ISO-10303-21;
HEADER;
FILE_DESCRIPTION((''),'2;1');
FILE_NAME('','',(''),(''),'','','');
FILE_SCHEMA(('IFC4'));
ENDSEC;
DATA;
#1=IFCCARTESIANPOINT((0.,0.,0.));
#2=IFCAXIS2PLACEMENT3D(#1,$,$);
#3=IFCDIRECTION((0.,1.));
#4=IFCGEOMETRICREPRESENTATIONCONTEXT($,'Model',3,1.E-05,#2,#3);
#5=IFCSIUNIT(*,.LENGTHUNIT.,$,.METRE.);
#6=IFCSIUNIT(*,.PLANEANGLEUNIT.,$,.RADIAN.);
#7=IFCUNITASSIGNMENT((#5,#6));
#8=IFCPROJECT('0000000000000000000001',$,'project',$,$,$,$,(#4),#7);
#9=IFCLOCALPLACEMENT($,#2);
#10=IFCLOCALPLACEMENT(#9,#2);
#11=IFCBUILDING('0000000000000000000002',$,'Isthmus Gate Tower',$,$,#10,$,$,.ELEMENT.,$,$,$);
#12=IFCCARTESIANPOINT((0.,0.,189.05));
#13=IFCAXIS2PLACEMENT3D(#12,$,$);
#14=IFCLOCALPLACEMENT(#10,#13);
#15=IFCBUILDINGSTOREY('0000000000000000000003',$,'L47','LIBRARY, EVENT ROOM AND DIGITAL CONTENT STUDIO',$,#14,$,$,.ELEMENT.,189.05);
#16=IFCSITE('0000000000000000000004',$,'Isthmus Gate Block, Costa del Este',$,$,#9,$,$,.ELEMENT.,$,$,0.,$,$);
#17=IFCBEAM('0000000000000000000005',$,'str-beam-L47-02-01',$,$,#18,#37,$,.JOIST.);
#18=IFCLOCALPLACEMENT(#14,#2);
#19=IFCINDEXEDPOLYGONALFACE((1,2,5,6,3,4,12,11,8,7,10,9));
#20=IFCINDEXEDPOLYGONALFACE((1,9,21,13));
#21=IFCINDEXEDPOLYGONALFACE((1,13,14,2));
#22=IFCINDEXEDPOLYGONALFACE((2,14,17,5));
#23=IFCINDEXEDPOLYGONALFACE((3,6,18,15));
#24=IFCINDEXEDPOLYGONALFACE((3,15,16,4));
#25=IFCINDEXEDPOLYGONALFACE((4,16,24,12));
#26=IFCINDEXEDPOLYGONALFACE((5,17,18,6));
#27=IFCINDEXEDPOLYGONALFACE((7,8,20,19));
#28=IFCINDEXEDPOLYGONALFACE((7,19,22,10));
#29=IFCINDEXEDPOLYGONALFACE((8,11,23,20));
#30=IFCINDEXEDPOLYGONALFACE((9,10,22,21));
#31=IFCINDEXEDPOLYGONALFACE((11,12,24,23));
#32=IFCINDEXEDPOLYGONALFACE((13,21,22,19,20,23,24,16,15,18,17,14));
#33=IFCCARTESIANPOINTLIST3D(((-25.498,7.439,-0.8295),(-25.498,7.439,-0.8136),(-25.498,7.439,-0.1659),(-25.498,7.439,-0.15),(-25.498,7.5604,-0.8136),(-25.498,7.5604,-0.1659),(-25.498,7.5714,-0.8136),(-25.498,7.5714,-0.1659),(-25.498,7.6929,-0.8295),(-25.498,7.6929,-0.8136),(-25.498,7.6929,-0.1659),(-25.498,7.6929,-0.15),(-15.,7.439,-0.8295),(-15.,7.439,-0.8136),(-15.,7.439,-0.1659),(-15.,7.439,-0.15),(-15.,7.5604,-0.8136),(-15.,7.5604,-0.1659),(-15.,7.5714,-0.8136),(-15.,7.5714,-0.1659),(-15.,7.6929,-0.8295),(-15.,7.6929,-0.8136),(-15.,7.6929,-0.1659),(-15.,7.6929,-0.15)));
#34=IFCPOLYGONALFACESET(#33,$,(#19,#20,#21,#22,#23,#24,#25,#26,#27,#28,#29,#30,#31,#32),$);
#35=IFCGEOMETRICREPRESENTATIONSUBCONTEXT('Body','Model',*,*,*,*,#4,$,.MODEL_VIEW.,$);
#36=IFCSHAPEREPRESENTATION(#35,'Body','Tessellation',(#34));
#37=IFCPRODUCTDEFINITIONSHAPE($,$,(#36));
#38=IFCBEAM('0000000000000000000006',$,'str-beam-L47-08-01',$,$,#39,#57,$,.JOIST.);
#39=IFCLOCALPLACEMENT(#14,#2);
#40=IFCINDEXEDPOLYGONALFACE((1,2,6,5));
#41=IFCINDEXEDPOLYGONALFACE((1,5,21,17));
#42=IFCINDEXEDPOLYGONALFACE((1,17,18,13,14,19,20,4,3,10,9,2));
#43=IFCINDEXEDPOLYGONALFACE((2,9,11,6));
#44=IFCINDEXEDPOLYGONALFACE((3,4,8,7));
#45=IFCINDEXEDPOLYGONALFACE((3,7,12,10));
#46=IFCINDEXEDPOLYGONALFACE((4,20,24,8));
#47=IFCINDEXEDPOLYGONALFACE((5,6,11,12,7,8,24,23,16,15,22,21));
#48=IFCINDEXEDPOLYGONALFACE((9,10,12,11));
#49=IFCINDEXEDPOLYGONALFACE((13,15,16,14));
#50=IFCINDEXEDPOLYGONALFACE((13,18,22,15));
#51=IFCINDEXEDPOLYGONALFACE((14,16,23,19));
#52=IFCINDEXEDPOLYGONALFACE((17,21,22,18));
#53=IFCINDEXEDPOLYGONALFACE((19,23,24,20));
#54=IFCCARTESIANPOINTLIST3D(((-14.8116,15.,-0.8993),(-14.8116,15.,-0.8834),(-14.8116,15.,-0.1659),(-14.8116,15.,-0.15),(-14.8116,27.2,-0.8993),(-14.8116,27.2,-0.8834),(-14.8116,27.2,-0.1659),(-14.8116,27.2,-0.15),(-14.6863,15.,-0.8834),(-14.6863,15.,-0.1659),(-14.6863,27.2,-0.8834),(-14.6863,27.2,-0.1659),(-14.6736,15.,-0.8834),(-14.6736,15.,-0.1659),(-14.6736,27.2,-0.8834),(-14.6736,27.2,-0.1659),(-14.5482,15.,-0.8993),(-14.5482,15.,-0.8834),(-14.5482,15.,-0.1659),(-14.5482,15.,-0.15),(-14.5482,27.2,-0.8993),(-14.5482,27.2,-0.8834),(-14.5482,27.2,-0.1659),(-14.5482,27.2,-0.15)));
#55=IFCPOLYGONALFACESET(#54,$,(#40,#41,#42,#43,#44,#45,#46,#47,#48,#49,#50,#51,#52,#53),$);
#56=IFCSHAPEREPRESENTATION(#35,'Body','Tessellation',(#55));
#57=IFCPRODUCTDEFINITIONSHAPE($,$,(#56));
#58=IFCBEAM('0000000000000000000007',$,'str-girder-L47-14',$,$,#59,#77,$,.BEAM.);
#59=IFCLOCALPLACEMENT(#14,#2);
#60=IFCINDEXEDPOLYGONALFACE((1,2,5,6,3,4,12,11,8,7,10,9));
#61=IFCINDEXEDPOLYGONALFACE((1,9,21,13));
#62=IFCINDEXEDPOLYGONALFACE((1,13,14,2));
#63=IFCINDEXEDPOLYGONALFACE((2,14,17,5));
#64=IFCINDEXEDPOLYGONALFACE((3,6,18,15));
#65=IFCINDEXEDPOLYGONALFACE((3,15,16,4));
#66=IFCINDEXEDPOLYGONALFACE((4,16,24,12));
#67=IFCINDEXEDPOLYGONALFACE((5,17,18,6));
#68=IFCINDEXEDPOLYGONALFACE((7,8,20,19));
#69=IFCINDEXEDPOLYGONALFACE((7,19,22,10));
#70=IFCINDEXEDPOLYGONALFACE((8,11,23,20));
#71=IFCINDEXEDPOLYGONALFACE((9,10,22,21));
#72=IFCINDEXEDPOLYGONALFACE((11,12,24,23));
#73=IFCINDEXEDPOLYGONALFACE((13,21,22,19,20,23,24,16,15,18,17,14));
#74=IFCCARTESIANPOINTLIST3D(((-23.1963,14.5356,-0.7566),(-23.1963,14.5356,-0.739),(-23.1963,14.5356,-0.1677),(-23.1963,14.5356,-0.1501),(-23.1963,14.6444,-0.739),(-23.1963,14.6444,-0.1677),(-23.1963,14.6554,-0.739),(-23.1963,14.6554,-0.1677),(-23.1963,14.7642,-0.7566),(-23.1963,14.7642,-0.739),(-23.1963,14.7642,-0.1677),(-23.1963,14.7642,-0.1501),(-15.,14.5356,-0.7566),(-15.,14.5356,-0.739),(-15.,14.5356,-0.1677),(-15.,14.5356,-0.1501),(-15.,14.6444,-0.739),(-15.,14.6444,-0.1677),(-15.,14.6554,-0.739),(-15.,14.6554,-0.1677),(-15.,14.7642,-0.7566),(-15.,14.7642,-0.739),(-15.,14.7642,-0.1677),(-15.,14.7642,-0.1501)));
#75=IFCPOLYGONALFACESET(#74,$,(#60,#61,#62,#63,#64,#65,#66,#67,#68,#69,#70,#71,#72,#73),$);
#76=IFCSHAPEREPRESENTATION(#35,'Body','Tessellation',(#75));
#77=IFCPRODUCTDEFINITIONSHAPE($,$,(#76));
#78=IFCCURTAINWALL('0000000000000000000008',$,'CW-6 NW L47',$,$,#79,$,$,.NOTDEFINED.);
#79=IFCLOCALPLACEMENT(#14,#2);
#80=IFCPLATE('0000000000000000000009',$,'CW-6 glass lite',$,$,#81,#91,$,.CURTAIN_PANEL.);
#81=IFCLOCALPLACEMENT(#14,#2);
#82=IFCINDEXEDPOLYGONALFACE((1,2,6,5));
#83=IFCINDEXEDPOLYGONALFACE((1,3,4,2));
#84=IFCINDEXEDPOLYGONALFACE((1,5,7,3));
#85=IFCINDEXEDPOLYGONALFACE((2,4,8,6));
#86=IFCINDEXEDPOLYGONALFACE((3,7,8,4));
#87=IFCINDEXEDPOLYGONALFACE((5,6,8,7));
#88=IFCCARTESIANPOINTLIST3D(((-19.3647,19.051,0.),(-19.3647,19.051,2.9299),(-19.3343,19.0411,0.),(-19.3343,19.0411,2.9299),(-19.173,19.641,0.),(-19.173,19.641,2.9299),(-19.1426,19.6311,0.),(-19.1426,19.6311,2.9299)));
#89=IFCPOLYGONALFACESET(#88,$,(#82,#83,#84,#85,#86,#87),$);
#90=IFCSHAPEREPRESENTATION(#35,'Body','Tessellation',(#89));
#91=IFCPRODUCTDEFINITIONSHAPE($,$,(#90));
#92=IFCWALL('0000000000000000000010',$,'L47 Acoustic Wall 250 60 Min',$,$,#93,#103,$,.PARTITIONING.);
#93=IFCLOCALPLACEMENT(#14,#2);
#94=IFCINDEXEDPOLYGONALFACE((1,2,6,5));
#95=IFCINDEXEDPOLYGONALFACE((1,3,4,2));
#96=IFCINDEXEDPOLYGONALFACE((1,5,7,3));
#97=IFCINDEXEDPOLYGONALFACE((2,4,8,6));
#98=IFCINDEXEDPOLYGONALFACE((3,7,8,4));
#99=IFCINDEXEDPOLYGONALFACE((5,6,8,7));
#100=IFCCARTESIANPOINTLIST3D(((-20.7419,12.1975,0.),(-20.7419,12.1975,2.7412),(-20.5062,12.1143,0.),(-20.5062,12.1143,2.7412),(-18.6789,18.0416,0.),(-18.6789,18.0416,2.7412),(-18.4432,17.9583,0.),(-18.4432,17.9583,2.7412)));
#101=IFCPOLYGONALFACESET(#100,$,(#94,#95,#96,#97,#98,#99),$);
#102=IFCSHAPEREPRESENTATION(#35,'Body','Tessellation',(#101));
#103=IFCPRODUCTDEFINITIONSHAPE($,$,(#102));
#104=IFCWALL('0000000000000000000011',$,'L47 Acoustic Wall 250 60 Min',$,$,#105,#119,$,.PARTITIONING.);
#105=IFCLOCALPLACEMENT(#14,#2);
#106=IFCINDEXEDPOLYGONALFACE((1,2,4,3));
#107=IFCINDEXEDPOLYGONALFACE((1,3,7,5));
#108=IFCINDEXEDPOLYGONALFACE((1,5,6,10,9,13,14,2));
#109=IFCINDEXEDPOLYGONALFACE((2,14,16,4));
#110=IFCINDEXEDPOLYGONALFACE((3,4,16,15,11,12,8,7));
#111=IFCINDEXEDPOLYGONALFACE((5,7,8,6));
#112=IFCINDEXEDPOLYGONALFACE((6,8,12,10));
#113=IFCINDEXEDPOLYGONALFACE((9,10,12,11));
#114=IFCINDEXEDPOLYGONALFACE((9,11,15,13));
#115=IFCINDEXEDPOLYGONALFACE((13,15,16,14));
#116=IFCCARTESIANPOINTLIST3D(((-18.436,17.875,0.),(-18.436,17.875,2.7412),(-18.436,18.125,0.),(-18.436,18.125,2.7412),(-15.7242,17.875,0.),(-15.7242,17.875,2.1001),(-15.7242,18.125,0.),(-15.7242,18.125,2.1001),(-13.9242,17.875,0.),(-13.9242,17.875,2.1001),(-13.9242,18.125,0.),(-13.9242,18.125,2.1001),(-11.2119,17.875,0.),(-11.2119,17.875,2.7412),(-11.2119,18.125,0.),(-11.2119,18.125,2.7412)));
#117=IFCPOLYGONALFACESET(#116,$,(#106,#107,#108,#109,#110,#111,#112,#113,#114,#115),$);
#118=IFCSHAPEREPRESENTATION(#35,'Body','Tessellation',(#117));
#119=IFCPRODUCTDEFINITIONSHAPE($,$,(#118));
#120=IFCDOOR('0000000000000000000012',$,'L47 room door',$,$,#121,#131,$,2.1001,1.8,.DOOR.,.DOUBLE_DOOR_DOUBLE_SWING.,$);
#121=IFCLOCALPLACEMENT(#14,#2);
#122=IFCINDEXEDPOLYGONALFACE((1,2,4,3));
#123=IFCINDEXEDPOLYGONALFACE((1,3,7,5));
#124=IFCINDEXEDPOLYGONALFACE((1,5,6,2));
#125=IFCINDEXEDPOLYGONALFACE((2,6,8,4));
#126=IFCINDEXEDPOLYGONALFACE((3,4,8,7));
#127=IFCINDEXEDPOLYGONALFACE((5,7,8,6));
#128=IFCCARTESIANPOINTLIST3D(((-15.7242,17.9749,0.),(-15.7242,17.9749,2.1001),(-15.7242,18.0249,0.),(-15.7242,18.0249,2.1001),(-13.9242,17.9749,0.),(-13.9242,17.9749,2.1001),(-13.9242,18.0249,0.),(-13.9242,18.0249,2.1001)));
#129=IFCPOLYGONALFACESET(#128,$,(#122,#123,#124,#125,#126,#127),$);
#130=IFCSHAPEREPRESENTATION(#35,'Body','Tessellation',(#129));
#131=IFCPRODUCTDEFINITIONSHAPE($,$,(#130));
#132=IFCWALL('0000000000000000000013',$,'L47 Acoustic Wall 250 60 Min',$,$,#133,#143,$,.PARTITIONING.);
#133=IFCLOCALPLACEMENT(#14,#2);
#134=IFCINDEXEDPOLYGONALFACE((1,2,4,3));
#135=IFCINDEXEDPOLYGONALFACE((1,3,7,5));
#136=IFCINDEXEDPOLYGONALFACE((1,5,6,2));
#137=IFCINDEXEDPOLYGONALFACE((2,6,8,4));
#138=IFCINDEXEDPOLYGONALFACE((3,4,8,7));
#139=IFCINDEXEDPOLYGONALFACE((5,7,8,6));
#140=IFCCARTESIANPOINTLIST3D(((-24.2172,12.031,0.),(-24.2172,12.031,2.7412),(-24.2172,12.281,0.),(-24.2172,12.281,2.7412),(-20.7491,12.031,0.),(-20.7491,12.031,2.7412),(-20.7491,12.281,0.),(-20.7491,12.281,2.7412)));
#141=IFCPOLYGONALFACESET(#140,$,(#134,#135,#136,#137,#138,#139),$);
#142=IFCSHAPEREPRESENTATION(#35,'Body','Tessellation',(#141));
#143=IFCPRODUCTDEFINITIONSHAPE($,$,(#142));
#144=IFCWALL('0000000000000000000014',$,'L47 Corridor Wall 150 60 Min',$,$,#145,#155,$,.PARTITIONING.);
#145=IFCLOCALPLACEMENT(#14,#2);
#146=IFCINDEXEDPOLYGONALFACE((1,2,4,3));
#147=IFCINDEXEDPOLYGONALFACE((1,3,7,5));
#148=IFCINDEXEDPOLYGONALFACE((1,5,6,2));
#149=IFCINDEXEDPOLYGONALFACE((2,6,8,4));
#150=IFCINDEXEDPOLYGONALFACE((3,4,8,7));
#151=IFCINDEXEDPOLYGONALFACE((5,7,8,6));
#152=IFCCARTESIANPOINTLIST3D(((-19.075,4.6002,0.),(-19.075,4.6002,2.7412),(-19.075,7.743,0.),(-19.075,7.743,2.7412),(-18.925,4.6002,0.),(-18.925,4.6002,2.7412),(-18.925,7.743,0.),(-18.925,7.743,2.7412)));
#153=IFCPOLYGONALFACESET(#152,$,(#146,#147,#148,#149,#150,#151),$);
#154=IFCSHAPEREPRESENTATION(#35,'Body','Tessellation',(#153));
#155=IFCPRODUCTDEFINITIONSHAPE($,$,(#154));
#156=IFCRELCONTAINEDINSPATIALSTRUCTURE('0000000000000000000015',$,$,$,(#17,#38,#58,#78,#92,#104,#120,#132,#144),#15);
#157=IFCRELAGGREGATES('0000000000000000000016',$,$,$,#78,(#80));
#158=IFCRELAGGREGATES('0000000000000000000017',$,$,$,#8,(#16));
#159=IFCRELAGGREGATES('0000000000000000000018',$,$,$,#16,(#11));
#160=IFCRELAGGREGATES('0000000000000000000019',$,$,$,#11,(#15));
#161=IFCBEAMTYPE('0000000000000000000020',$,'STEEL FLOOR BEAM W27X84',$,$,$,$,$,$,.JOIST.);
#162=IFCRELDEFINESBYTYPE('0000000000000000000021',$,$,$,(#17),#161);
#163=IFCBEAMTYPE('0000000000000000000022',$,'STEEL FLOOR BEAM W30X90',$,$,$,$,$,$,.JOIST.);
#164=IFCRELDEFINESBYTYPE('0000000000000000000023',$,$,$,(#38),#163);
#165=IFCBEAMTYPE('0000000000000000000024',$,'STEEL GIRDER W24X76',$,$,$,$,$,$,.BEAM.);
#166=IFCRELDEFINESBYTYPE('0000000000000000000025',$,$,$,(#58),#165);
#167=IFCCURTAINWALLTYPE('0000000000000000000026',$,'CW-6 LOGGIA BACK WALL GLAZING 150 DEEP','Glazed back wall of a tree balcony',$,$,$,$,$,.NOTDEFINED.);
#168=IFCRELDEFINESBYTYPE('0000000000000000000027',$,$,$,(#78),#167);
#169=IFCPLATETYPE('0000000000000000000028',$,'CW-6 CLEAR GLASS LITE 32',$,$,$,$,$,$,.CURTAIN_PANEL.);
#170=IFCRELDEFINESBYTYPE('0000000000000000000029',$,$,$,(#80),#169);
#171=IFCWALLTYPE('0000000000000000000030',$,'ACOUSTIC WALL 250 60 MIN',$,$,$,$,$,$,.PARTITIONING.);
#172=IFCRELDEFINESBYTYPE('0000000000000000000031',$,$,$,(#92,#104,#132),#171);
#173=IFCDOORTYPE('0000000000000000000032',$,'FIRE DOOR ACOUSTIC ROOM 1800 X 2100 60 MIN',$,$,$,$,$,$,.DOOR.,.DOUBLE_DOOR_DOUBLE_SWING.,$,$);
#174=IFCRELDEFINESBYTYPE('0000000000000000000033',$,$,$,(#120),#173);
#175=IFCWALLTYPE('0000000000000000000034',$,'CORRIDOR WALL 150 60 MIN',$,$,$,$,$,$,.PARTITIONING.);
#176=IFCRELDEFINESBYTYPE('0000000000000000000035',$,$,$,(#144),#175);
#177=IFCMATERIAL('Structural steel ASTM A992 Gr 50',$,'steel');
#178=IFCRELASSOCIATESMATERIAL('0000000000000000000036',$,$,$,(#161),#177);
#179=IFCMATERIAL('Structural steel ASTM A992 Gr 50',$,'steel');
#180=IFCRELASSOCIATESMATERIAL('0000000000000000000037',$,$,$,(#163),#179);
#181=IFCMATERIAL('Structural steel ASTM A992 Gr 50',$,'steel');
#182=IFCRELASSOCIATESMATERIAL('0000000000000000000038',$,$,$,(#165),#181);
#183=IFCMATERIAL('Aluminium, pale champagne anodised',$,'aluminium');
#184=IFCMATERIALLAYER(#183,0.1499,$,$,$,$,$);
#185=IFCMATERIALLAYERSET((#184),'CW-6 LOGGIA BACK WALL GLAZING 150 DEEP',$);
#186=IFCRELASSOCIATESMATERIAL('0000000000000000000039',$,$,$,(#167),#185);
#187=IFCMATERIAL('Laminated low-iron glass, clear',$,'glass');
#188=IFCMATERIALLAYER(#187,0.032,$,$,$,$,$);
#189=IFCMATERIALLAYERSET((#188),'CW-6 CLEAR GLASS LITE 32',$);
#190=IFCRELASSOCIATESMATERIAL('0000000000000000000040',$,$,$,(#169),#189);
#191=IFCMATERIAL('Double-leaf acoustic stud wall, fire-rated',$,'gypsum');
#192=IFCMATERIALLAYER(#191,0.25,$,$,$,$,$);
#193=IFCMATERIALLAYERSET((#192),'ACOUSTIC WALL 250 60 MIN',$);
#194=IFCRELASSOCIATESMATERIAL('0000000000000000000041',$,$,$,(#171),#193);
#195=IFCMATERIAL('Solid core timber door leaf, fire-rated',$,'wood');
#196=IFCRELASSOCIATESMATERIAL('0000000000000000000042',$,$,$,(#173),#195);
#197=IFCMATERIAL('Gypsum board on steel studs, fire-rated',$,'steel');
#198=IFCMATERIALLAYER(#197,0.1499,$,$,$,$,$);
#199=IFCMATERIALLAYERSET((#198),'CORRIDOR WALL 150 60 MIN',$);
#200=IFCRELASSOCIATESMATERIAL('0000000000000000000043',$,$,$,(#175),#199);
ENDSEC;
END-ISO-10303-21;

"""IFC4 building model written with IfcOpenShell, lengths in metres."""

from ifc_helpers import new_model, si_unit, direction, frame, frame_2d, origin, origin_2d, place, context, subcontext, project, spatial, rectangle, i_section, extrude, material, layer, layer_set, material_profile, profile_set, type_object, element, fill, aggregate, save


model = new_model("IFC4")

# Units and contexts
model_context = context("Model", 3, precision=1e-05, world=origin(), true_north=direction((0.0, 1.0)))
body_context = subcontext(model_context, "Body", "Model", "MODEL_VIEW")
ifc_project = project(units=[si_unit("LENGTHUNIT", "METRE"), si_unit("PLANEANGLEUNIT", "RADIAN")], contexts=[model_context])

# Site, building, storey
site_placement = place(None, origin())
site = spatial("IfcSite", under=ifc_project, at=site_placement, Name="Isthmus Gate Block, Costa del Este", CompositionType="ELEMENT", RefElevation=0.0)
building_placement = place(site_placement, origin())
building = spatial("IfcBuilding", under=site, at=building_placement, Name="Isthmus Gate Tower", CompositionType="ELEMENT")
storey_placement = place(building_placement, frame((0.0, 0.0, 189.05)))
storey = spatial("IfcBuildingStorey", under=building, at=storey_placement, Name="L47", Description="LIBRARY, EVENT ROOM AND DIGITAL CONTENT STUDIO", CompositionType="ELEMENT", Elevation=189.05)

# Beams
ifc_material_1 = material(Name="Structural steel ASTM A992 Gr 50", Category="steel")
ifc_material_profile_1 = material_profile(ifc_material_1, i_section(OverallWidth=0.2539, OverallDepth=0.6794, WebThickness=0.011, FlangeThickness=0.0159, at=origin_2d()), Name="W27X84")
ifc_profile_set_1 = profile_set([ifc_material_profile_1], Name="Structural steel ASTM A992 Gr 50")
beam_type_1 = type_object("IfcBeamType", Name="STEEL FLOOR BEAM W27X84", PredefinedType="JOIST", material=ifc_profile_set_1)
beam_1_placement = place(storey_placement, frame((-25.498, 7.5659, -0.4897), z_axis=(1.0, 0.0, 0.0), x_axis=(0.0, 1.0, 0.0)))
element("IfcBeam", 1, at=beam_1_placement, inside=storey, type_object=beam_type_1, Name="str-beam-L47-02-01", PredefinedType="JOIST", context=body_context, shape_type="SweptSolid", body=[
    extrude(i_section(OverallWidth=0.2539, OverallDepth=0.6794, WebThickness=0.011, FlangeThickness=0.0159, at=origin_2d()), origin(), (0.0, 0.0, 1.0), 10.498),
])
ifc_material_2 = material(Name="Structural steel ASTM A992 Gr 50", Category="steel")
ifc_material_profile_2 = material_profile(ifc_material_2, i_section(OverallWidth=0.2634, OverallDepth=0.7493, WebThickness=0.0127, FlangeThickness=0.0159, at=origin_2d()), Name="W30X90")
ifc_profile_set_2 = profile_set([ifc_material_profile_2], Name="Structural steel ASTM A992 Gr 50")
beam_type_2 = type_object("IfcBeamType", Name="STEEL FLOOR BEAM W30X90", PredefinedType="JOIST", material=ifc_profile_set_2)
beam_2_placement = place(storey_placement, frame((-14.6799, 15.0, -0.5247), z_axis=(0.0, 1.0, 0.0), x_axis=(-1.0, 0.0, 0.0)))
element("IfcBeam", 2, at=beam_2_placement, inside=storey, type_object=beam_type_2, Name="str-beam-L47-08-01", PredefinedType="JOIST", context=body_context, shape_type="SweptSolid", body=[
    extrude(i_section(OverallWidth=0.2634, OverallDepth=0.7493, WebThickness=0.0127, FlangeThickness=0.0159, at=origin_2d()), origin(), (0.0, 0.0, 1.0), 12.2),
])
ifc_material_3 = material(Name="Structural steel ASTM A992 Gr 50", Category="steel")
ifc_material_profile_3 = material_profile(ifc_material_3, i_section(OverallWidth=0.2285, OverallDepth=0.6064, WebThickness=0.011, FlangeThickness=0.0176, at=origin_2d()), Name="W24X76")
ifc_profile_set_3 = profile_set([ifc_material_profile_3], Name="Structural steel ASTM A992 Gr 50")
beam_type_3 = type_object("IfcBeamType", Name="STEEL GIRDER W24X76", PredefinedType="BEAM", material=ifc_profile_set_3)
beam_3_placement = place(storey_placement, frame((-15.0, 14.6499, -0.4534), z_axis=(-1.0, 0.0, 0.0), x_axis=(0.0, -1.0, 0.0)))
element("IfcBeam", 3, at=beam_3_placement, inside=storey, type_object=beam_type_3, Name="str-girder-L47-14", PredefinedType="BEAM", context=body_context, shape_type="SweptSolid", body=[
    extrude(i_section(OverallWidth=0.2285, OverallDepth=0.6064, WebThickness=0.011, FlangeThickness=0.0176, at=origin_2d()), origin(), (0.0, 0.0, 1.0), 8.1963),
])

# Curtain wall, plate
ifc_material_4 = material(Name="Aluminium, pale champagne anodised", Category="aluminium")
ifc_layer_1 = layer(ifc_material_4, 0.1499)
ifc_layer_set_1 = layer_set([ifc_layer_1], Name="CW-6 LOGGIA BACK WALL GLAZING 150 DEEP")
curtain_wall_type_1 = type_object("IfcCurtainWallType", Name="CW-6 LOGGIA BACK WALL GLAZING 150 DEEP", Description="Glazed back wall of a tree balcony", PredefinedType="NOTDEFINED", material=ifc_layer_set_1)
curtain_wall_1_placement = place(storey_placement, origin())
curtain_wall_1 = element("IfcCurtainWall", 4, at=curtain_wall_1_placement, inside=storey, type_object=curtain_wall_type_1, Name="CW-6 NW L47", PredefinedType="NOTDEFINED")
ifc_material_5 = material(Name="Laminated low-iron glass, clear", Category="glass")
ifc_layer_2 = layer(ifc_material_5, 0.032)
ifc_layer_set_2 = layer_set([ifc_layer_2], Name="CW-6 CLEAR GLASS LITE 32")
plate_type = type_object("IfcPlateType", Name="CW-6 CLEAR GLASS LITE 32", PredefinedType="CURTAIN_PANEL", material=ifc_layer_set_2)
plate_placement = place(storey_placement, frame((-19.2537, 19.3411, 0.0), z_axis=(0.0, 0.0, 1.0), x_axis=(-0.309017, -0.951057, 0.0)))
plate = element("IfcPlate", 5, at=plate_placement, type_object=plate_type, Name="CW-6 glass lite", PredefinedType="CURTAIN_PANEL", context=body_context, shape_type="SweptSolid", body=[
    extrude(rectangle(XDim=0.6204, YDim=0.032, at=origin_2d()), origin(), (0.0, 0.0, 1.0), 2.9299),
])
aggregate(curtain_wall_1, [plate])

# Wall
ifc_material_6 = material(Name="Double-leaf acoustic stud wall, fire-rated", Category="gypsum")
ifc_layer_3 = layer(ifc_material_6, 0.25)
ifc_layer_set_3 = layer_set([ifc_layer_3], Name="ACOUSTIC WALL 250 60 MIN")
wall_type_1 = type_object("IfcWallType", Name="ACOUSTIC WALL 250 60 MIN", PredefinedType="PARTITIONING", material=ifc_layer_set_3)
wall_1_placement = place(storey_placement, frame((-20.624, 12.156, 0.0), z_axis=(0.0, 0.0, 1.0), x_axis=(0.332878, 0.94297, 0.0)))
element("IfcWall", 6, at=wall_1_placement, inside=storey, type_object=wall_type_1, Name="L47 Acoustic Wall 250 60 Min", PredefinedType="PARTITIONING", context=body_context, shape_type="SweptSolid", body=[
    extrude(rectangle(XDim=6.1975, YDim=0.25, at=frame_2d((3.0986, 0.0))), origin(), (0.0, 0.0, 1.0), 2.7412),
])

# Wall, opening, door
wall_2_placement = place(storey_placement, frame((-18.436, 18.0, 0.0), z_axis=(0.0, 0.0, 1.0), x_axis=(1.0, 0.0, 0.0)))
wall_2 = element("IfcWall", 7, at=wall_2_placement, inside=storey, type_object=wall_type_1, Name="L47 Acoustic Wall 250 60 Min", PredefinedType="PARTITIONING", context=body_context, shape_type="SweptSolid", body=[
    extrude(rectangle(XDim=7.2241, YDim=0.25, at=frame_2d((3.6121, 0.0))), origin(), (0.0, 0.0, 1.0), 2.7412),
])
opening_1_placement = place(wall_2_placement, frame((2.7119, 0.0, 0.0)))
opening_1 = element("IfcOpeningElement", 8, at=opening_1_placement, cuts=wall_2, PredefinedType="OPENING", context=body_context, shape_type="SweptSolid", body=[
    extrude(rectangle(XDim=1.8, YDim=2.1001, at=frame_2d((0.8999, 1.05))), frame((0.0, 0.135, 0.0), z_axis=(0.0, -1.0, 0.0), x_axis=(1.0, 0.0, 0.0)), (0.0, 0.0, 1.0), 0.27),
])
ifc_material_7 = material(Name="Solid core timber door leaf, fire-rated", Category="wood")
door_type_1 = type_object("IfcDoorType", Name="FIRE DOOR ACOUSTIC ROOM 1800 X 2100 60 MIN", OperationType="DOUBLE_DOOR_DOUBLE_SWING", PredefinedType="DOOR", material=ifc_material_7)
door_1_placement = place(opening_1_placement, origin())
door_1 = element("IfcDoor", 9, at=door_1_placement, inside=storey, type_object=door_type_1, Name="L47 room door", OperationType="DOUBLE_DOOR_DOUBLE_SWING", OverallHeight=2.1001, OverallWidth=1.8, PredefinedType="DOOR", context=body_context, shape_type="SweptSolid", body=[
    extrude(rectangle(XDim=1.8, YDim=2.1001, at=frame_2d((0.8999, 1.05))), frame((0.0, 0.0249, 0.0), z_axis=(0.0, -1.0, 0.0), x_axis=(1.0, 0.0, 0.0)), (0.0, 0.0, 1.0), 0.05),
])
fill(opening_1, door_1)

# Walls
wall_3_placement = place(storey_placement, frame((-24.217, 12.156, 0.0), z_axis=(0.0, 0.0, 1.0), x_axis=(1.0, 0.0, 0.0)))
element("IfcWall", 10, at=wall_3_placement, inside=storey, type_object=wall_type_1, Name="L47 Acoustic Wall 250 60 Min", PredefinedType="PARTITIONING", context=body_context, shape_type="SweptSolid", body=[
    extrude(rectangle(XDim=3.468, YDim=0.25, at=frame_2d((1.7339, 0.0))), origin(), (0.0, 0.0, 1.0), 2.7412),
])
ifc_material_8 = material(Name="Gypsum board on steel studs, fire-rated", Category="steel")
ifc_layer_4 = layer(ifc_material_8, 0.1499)
ifc_layer_set_4 = layer_set([ifc_layer_4], Name="CORRIDOR WALL 150 60 MIN")
wall_type_2 = type_object("IfcWallType", Name="CORRIDOR WALL 150 60 MIN", PredefinedType="PARTITIONING", material=ifc_layer_set_4)
wall_4_placement = place(storey_placement, frame((-19.0, 7.7429, 0.0), z_axis=(0.0, 0.0, 1.0), x_axis=(0.0, -1.0, 0.0)))
element("IfcWall", 11, at=wall_4_placement, inside=storey, type_object=wall_type_2, Name="L47 Corridor Wall 150 60 Min", PredefinedType="PARTITIONING", context=body_context, shape_type="SweptSolid", body=[
    extrude(rectangle(XDim=3.1428, YDim=0.1499, at=frame_2d((1.5713, 0.0))), origin(), (0.0, 0.0, 1.0), 2.7412),
])

save(model, "model.ifc")
